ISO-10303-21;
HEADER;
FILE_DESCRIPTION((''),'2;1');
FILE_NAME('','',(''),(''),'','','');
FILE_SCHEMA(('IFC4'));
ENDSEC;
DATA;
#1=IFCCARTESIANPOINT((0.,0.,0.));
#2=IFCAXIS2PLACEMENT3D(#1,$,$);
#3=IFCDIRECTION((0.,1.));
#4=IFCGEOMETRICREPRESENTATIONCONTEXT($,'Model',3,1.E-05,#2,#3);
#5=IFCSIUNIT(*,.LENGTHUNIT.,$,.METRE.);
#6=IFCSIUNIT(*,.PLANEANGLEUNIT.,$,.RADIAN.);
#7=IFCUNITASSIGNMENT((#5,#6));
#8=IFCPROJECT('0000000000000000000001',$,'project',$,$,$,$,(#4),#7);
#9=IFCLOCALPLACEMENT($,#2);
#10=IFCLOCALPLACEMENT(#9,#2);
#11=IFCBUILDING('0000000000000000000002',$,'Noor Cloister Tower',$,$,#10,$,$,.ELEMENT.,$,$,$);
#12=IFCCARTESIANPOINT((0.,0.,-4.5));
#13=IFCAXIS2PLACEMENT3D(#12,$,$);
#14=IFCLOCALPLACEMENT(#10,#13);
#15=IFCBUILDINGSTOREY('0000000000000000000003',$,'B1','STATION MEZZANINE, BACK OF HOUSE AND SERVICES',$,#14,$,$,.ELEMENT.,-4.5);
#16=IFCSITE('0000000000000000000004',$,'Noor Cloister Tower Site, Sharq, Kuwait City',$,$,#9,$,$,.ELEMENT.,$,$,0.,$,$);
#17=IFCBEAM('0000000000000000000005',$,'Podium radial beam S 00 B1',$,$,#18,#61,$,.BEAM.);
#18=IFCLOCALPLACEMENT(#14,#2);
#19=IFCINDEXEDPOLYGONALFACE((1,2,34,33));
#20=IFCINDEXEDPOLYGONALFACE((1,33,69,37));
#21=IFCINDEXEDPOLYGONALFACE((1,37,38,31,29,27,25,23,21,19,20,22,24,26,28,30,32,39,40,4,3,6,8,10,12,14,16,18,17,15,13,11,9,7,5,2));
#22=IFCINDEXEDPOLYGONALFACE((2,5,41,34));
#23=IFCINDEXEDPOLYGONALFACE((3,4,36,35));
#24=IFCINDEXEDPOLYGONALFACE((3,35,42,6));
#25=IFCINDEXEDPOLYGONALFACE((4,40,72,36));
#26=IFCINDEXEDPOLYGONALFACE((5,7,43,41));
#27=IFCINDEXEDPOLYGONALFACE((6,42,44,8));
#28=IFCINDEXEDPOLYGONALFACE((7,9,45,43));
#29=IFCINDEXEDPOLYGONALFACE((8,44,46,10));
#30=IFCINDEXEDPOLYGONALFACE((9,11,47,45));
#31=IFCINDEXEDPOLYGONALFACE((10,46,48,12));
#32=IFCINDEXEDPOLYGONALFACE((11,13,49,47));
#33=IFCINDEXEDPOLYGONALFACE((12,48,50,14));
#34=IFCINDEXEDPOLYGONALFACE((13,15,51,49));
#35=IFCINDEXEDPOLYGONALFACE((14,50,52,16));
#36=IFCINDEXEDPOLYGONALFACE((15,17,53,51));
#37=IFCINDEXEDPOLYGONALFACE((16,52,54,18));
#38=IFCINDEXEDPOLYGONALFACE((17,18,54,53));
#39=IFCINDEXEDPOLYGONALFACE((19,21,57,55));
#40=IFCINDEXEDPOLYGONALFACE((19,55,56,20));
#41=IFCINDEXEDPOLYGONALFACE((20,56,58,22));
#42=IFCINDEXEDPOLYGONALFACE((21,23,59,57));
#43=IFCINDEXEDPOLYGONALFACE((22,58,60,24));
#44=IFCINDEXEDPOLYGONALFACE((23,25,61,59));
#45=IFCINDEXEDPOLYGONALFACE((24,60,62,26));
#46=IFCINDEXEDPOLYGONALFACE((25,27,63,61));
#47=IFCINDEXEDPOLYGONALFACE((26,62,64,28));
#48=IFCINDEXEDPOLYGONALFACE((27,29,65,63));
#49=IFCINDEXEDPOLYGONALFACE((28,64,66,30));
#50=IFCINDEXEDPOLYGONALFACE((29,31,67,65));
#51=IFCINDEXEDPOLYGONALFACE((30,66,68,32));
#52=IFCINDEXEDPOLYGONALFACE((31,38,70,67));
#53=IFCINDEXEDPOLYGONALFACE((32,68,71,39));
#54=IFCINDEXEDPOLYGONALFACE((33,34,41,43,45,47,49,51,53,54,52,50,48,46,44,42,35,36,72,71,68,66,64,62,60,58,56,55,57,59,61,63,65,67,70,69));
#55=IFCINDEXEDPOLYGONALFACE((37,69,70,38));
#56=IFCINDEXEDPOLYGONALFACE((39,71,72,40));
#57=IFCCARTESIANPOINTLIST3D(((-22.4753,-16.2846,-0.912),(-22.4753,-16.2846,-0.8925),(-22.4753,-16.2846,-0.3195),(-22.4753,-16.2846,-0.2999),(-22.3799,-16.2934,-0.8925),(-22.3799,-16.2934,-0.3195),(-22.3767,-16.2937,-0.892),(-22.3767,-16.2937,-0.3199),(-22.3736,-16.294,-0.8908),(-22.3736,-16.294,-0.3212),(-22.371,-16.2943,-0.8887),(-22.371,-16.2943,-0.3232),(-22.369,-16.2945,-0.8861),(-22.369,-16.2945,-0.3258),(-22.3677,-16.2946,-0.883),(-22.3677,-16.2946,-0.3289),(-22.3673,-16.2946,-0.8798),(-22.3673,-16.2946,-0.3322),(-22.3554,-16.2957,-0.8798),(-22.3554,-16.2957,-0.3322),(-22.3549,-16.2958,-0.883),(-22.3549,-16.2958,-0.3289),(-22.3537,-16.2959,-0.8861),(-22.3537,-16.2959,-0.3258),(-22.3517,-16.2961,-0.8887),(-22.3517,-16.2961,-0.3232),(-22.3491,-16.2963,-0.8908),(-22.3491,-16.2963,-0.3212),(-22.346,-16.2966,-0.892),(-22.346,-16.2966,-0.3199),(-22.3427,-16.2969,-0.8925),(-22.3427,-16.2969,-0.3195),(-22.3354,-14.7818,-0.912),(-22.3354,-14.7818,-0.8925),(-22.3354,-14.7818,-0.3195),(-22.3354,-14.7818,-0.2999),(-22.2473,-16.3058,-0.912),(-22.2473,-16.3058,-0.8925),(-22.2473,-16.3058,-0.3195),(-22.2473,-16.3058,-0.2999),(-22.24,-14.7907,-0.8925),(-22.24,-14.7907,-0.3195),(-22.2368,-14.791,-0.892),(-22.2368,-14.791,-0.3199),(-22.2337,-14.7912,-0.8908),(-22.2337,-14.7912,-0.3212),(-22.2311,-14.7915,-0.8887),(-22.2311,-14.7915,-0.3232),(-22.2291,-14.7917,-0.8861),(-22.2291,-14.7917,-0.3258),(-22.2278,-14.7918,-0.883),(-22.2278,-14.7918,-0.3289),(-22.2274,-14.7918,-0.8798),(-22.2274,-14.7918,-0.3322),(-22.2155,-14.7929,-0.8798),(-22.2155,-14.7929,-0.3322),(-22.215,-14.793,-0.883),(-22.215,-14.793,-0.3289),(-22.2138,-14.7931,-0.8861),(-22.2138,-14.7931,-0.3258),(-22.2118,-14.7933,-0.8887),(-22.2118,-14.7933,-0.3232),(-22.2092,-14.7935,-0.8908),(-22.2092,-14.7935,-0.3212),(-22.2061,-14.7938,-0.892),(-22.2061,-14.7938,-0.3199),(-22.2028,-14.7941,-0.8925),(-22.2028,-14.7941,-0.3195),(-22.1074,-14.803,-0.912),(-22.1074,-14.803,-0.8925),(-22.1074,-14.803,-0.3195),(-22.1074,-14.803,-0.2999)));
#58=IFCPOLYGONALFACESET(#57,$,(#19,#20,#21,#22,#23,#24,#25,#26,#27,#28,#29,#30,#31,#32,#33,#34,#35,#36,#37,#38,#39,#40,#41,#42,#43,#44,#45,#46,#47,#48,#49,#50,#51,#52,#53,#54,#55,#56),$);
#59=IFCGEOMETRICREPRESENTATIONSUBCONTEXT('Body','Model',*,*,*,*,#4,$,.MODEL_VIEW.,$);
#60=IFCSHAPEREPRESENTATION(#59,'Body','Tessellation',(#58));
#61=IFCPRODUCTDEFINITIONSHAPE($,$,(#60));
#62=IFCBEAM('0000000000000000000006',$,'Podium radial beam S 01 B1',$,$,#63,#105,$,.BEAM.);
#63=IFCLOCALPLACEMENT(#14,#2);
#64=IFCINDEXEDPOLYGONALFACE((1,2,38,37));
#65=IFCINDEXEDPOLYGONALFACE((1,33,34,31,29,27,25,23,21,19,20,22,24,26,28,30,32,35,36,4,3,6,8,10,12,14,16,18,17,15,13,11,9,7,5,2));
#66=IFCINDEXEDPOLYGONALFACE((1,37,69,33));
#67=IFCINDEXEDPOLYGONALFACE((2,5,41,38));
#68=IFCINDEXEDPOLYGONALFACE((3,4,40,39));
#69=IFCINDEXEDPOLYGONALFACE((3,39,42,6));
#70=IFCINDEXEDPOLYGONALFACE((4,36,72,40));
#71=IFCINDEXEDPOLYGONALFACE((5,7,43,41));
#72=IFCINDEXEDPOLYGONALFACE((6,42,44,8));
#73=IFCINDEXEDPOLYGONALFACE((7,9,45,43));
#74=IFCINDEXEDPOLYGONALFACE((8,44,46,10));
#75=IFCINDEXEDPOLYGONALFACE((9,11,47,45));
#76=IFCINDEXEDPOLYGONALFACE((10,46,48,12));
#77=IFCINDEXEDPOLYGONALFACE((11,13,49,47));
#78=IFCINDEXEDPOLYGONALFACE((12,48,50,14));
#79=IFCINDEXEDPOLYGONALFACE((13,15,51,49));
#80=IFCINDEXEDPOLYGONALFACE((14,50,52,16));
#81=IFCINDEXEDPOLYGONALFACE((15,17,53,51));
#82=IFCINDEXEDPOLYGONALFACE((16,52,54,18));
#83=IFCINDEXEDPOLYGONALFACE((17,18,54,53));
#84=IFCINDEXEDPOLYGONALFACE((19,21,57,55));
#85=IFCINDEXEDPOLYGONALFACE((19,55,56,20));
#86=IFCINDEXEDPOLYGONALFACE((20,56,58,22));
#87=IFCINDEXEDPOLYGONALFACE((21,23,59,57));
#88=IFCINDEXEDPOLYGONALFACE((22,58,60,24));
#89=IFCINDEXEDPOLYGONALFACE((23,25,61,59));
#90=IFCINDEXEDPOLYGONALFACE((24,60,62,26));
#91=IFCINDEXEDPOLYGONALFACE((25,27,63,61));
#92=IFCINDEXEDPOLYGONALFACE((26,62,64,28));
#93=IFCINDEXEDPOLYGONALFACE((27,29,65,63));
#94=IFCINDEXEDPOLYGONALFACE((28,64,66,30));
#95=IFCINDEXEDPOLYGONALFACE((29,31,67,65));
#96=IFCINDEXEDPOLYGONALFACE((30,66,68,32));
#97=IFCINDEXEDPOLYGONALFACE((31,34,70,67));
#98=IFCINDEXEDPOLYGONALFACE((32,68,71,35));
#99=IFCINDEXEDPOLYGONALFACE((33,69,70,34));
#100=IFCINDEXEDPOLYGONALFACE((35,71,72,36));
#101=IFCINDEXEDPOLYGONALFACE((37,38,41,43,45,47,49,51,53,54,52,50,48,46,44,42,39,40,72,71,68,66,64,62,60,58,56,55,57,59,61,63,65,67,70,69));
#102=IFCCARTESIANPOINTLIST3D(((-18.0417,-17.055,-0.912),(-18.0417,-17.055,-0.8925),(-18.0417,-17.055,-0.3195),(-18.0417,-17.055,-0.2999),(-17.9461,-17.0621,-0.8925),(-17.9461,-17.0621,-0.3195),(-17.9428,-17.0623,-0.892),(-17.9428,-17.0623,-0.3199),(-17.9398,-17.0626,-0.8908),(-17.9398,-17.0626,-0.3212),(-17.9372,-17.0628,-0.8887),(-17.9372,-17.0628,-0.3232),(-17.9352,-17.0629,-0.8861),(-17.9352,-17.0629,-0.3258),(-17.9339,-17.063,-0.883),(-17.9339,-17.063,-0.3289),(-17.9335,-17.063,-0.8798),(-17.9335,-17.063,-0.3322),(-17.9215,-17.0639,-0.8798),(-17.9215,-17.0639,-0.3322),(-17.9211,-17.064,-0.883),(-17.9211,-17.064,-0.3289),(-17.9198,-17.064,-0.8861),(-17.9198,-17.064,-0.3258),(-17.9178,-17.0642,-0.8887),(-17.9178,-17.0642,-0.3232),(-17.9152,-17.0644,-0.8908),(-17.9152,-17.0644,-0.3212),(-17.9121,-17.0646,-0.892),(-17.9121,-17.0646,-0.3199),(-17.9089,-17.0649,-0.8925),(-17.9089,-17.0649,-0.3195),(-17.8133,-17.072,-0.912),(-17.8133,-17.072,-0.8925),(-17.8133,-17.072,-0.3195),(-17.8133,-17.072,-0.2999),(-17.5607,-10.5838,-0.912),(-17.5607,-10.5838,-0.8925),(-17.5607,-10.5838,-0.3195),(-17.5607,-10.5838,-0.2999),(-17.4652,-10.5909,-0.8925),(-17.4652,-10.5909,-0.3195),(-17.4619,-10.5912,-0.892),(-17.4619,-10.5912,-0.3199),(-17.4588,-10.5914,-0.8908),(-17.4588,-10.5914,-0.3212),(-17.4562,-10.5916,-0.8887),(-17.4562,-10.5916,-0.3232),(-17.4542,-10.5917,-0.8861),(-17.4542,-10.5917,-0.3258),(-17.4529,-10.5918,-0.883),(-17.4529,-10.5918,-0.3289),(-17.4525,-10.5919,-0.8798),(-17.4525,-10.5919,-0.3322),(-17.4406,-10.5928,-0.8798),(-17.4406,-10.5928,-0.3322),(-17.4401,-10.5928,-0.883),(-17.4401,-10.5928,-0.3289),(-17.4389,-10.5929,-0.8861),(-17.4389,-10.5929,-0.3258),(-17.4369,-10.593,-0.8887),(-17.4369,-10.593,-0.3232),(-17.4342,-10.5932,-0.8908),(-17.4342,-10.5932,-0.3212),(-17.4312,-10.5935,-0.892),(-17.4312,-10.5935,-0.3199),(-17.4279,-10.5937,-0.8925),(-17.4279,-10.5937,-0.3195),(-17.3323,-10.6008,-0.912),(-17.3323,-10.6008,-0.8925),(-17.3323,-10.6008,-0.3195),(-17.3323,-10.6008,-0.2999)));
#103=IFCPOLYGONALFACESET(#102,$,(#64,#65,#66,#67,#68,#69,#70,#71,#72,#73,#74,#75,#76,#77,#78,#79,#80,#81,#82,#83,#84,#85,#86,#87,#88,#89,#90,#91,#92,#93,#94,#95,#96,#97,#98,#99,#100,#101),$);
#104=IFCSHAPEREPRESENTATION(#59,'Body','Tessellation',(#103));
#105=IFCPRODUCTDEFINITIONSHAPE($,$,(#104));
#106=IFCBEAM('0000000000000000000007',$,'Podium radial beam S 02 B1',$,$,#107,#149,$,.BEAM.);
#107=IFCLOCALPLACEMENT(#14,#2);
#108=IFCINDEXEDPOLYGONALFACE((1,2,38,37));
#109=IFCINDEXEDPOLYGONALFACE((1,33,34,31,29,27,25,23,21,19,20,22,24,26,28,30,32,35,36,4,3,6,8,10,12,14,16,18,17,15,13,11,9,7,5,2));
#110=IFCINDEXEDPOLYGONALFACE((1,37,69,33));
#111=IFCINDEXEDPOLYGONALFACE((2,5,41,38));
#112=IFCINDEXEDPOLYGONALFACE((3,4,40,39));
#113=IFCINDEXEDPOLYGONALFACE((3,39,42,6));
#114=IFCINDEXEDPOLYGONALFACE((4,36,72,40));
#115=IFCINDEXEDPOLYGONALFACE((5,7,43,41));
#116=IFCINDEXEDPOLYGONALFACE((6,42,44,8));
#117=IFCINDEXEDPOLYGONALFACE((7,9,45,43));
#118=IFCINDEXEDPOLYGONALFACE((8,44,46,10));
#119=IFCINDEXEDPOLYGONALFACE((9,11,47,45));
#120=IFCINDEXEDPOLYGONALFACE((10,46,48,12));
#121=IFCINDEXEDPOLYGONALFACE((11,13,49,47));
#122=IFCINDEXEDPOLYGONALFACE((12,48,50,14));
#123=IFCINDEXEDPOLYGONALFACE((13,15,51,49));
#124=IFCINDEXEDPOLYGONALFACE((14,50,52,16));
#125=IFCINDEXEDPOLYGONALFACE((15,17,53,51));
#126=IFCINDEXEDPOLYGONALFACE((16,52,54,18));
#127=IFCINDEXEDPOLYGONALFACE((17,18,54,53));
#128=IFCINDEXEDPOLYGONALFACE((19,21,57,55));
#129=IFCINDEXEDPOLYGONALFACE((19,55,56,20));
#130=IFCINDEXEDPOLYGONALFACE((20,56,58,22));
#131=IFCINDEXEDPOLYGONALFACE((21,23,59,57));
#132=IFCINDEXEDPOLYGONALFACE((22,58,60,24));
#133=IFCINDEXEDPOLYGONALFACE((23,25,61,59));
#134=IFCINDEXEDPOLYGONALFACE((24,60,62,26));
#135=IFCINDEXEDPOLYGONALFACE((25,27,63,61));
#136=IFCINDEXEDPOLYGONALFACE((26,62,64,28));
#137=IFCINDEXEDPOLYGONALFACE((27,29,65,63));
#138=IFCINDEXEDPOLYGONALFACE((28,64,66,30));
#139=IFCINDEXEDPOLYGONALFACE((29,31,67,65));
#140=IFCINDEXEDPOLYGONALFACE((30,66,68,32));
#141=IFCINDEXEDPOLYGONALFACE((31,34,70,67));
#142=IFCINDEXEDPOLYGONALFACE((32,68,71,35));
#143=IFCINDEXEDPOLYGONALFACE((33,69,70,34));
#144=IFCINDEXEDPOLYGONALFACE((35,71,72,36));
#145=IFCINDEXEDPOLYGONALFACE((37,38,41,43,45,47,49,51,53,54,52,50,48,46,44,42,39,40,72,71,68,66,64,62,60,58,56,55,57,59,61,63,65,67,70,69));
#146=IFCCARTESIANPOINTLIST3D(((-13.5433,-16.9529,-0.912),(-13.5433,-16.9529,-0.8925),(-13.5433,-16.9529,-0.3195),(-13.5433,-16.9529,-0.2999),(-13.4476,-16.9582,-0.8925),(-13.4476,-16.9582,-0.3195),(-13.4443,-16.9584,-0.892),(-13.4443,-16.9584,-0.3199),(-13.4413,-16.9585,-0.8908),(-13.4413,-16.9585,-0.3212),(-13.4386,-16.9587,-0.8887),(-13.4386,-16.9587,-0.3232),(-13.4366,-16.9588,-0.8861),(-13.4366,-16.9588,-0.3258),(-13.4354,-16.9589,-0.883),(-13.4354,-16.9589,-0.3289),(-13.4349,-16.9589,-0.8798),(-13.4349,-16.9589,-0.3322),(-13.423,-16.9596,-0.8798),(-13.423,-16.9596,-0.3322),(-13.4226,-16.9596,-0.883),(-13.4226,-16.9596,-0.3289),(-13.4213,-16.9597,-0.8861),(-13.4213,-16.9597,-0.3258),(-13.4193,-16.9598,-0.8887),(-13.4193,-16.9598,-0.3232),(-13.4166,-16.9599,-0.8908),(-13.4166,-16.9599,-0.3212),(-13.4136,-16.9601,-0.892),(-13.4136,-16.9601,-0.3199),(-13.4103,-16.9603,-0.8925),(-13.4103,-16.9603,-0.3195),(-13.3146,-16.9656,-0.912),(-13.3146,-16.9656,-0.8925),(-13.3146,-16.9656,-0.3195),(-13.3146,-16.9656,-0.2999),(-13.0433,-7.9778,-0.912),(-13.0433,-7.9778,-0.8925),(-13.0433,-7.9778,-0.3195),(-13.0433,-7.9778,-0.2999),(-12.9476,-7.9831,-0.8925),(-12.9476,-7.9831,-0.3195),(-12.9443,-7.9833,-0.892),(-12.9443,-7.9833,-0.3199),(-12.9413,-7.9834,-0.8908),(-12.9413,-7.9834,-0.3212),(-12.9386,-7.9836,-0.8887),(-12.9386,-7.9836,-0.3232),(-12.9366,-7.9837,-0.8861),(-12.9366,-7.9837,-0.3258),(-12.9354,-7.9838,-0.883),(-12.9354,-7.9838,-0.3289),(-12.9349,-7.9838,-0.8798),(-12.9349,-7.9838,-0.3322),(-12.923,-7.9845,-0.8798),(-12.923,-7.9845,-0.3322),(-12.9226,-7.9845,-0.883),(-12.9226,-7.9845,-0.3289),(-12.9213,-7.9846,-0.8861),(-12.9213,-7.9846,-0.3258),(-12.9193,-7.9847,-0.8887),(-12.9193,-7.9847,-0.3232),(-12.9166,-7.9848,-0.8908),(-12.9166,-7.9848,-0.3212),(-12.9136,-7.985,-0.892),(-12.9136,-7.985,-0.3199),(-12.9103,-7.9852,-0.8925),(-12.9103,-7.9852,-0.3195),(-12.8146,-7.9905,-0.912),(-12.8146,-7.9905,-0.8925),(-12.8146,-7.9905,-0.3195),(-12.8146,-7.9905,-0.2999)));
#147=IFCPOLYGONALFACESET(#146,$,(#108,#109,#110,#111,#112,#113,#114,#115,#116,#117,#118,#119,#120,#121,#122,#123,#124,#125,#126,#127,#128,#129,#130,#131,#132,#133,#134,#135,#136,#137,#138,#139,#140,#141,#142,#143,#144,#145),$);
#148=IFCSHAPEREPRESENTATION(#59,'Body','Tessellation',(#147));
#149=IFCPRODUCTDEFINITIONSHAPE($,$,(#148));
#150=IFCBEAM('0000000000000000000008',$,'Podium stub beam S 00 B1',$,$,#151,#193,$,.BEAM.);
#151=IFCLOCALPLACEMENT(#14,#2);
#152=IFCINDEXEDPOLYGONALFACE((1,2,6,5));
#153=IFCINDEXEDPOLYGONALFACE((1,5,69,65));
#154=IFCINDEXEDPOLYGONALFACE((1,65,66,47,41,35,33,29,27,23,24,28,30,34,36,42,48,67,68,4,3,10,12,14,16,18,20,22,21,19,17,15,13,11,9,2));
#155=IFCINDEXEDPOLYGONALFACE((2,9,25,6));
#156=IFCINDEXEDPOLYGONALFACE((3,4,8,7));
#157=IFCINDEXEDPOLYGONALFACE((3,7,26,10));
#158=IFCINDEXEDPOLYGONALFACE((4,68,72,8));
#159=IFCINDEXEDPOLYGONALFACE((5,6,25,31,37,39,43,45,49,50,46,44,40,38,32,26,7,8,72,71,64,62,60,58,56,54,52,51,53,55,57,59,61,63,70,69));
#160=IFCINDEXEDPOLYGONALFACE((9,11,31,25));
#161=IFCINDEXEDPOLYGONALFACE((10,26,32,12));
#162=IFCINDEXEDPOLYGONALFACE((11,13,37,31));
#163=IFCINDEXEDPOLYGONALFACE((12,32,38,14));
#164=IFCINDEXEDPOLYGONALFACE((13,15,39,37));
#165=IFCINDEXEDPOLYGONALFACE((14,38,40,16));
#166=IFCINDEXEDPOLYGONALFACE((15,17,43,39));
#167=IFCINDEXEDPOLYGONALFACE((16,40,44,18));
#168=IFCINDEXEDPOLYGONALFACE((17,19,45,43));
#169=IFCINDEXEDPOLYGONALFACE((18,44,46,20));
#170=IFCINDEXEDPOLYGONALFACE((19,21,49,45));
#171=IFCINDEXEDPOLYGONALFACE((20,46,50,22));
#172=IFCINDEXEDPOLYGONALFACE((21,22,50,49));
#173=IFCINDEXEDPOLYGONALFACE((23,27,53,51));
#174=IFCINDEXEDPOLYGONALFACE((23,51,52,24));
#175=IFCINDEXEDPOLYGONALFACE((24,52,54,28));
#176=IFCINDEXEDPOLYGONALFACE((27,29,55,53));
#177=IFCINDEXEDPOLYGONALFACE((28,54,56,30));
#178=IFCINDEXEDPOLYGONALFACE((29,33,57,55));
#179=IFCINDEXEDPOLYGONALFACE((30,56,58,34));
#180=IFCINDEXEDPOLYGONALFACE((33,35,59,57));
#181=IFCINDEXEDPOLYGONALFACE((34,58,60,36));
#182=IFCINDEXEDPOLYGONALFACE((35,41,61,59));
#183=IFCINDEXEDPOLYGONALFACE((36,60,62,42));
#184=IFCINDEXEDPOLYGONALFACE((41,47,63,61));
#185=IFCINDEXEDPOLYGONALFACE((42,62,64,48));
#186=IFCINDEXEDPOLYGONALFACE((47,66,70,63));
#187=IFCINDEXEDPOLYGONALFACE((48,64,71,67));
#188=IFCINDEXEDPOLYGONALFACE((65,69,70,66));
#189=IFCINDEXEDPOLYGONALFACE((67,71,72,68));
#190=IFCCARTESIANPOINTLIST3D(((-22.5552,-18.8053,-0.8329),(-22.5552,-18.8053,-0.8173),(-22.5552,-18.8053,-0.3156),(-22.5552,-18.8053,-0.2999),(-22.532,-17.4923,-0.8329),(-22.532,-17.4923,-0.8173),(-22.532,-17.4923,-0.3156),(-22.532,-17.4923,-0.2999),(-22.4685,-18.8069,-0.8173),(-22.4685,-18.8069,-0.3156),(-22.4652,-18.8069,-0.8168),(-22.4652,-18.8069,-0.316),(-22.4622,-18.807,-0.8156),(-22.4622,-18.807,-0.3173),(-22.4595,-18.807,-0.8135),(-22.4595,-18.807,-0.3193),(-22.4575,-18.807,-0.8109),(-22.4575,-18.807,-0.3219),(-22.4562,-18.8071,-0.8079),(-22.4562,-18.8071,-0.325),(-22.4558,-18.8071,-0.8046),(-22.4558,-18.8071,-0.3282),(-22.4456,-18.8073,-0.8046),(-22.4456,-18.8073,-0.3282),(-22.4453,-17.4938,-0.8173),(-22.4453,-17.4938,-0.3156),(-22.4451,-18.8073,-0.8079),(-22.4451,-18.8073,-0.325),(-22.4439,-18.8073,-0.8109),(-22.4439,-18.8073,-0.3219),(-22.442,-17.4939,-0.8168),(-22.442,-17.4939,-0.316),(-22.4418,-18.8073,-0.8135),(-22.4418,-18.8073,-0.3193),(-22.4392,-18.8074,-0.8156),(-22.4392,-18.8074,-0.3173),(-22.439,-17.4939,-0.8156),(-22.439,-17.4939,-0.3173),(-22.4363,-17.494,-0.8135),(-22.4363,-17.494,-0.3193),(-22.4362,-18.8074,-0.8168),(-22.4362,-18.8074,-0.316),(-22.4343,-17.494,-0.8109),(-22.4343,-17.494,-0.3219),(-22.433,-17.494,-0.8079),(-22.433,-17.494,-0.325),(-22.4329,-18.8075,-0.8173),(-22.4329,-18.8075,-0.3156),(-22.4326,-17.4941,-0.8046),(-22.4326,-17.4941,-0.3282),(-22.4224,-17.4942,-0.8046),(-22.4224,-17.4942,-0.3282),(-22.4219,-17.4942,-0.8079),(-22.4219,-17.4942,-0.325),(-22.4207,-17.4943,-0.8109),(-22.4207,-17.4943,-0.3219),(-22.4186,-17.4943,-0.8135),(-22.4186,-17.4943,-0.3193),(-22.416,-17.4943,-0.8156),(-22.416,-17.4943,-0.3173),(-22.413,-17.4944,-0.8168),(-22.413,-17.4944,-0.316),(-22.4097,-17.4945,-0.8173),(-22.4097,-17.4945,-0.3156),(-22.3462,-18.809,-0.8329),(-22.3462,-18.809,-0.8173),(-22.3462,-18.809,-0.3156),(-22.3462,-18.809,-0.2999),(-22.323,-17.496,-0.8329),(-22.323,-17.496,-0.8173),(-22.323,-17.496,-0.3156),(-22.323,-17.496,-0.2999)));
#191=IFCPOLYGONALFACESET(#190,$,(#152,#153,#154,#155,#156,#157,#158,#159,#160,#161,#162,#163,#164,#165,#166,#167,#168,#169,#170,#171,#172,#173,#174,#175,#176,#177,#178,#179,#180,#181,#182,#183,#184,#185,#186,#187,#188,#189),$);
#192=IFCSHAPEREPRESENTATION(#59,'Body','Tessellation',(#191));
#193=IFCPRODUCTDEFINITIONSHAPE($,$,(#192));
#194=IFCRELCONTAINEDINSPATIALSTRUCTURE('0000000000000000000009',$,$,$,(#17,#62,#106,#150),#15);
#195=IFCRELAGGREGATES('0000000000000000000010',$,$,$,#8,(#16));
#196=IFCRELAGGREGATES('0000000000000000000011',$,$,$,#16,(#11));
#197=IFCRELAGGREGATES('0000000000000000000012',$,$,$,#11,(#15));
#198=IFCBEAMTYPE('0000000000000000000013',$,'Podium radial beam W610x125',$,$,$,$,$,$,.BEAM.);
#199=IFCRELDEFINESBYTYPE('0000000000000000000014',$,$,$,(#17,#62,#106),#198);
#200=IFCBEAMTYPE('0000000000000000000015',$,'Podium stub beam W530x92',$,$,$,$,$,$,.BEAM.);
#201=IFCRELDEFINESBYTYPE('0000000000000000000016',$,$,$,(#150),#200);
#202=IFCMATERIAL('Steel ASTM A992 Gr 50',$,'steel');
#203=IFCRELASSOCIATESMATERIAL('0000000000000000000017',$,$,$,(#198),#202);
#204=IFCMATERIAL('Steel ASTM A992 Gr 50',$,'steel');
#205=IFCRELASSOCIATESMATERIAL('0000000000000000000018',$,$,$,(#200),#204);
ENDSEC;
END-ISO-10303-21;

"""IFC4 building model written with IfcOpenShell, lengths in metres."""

from ifc_helpers import new_model, si_unit, direction, frame, origin, origin_2d, place, context, subcontext, project, spatial, i_section, extrude, material, material_profile, profile_set, type_object, element, save


model = new_model("IFC4")

# Units and contexts
model_context = context("Model", 3, precision=1e-05, world=origin(), true_north=direction((0.0, 1.0)))
body_context = subcontext(model_context, "Body", "Model", "MODEL_VIEW")
ifc_project = project(units=[si_unit("LENGTHUNIT", "METRE"), si_unit("PLANEANGLEUNIT", "RADIAN")], contexts=[model_context])

# Site, building, storey
site_placement = place(None, origin())
site = spatial("IfcSite", under=ifc_project, at=site_placement, Name="Noor Cloister Tower Site, Sharq, Kuwait City", CompositionType="ELEMENT", RefElevation=0.0)
building_placement = place(site_placement, origin())
building = spatial("IfcBuilding", under=site, at=building_placement, Name="Noor Cloister Tower", CompositionType="ELEMENT")
storey_placement = place(building_placement, frame((0.0, 0.0, -4.5)))
storey = spatial("IfcBuildingStorey", under=building, at=storey_placement, Name="B1", Description="STATION MEZZANINE, BACK OF HOUSE AND SERVICES", CompositionType="ELEMENT", Elevation=-4.5)

# Beams
ifc_material_1 = material(Name="Steel ASTM A992 Gr 50", Category="steel")
ifc_material_profile_1 = material_profile(ifc_material_1, i_section(OverallWidth=0.229, OverallDepth=0.6121, WebThickness=0.012, FlangeThickness=0.0195, FilletRadius=0.0127, at=origin_2d()), Name="W610x125")
ifc_profile_set_1 = profile_set([ifc_material_profile_1], Name="Steel ASTM A992 Gr 50")
beam_type_1 = type_object("IfcBeamType", Name="Podium radial beam W610x125", PredefinedType="BEAM", material=ifc_profile_set_1)
beam_1_placement = place(storey_placement, frame((-22.3613, -16.2952, -0.606), z_axis=(0.092694, 0.995695, 0.0), x_axis=(-0.995695, 0.092694, 0.0)))
element("IfcBeam", 1, at=beam_1_placement, inside=storey, type_object=beam_type_1, Name="Podium radial beam S 00 B1", PredefinedType="BEAM", context=body_context, shape_type="SweptSolid", body=[
    extrude(i_section(OverallWidth=0.229, OverallDepth=0.6121, WebThickness=0.012, FlangeThickness=0.0195, FilletRadius=0.0127, at=origin_2d()), origin(), (0.0, 0.0, 1.0), 1.5093),
])
beam_2_placement = place(storey_placement, frame((-17.9275, -17.0635, -0.606), z_axis=(0.074118, 0.997249, 0.0), x_axis=(-0.997249, 0.074118, 0.0)))
element("IfcBeam", 2, at=beam_2_placement, inside=storey, type_object=beam_type_1, Name="Podium radial beam S 01 B1", PredefinedType="BEAM", context=body_context, shape_type="SweptSolid", body=[
    extrude(i_section(OverallWidth=0.229, OverallDepth=0.6121, WebThickness=0.012, FlangeThickness=0.0195, FilletRadius=0.0127, at=origin_2d()), origin(), (0.0, 0.0, 1.0), 6.489),
])
beam_3_placement = place(storey_placement, frame((-13.429, -16.9592, -0.606), z_axis=(0.055623, 0.998452, 0.0), x_axis=(-0.998452, 0.055623, 0.0)))
element("IfcBeam", 3, at=beam_3_placement, inside=storey, type_object=beam_type_1, Name="Podium radial beam S 02 B1", PredefinedType="BEAM", context=body_context, shape_type="SweptSolid", body=[
    extrude(i_section(OverallWidth=0.229, OverallDepth=0.6121, WebThickness=0.012, FlangeThickness=0.0195, FilletRadius=0.0127, at=origin_2d()), origin(), (0.0, 0.0, 1.0), 8.989),
])
ifc_material_2 = material(Name="Steel ASTM A992 Gr 50", Category="steel")
ifc_material_profile_2 = material_profile(ifc_material_2, i_section(OverallWidth=0.209, OverallDepth=0.533, WebThickness=0.0103, FlangeThickness=0.0156, FilletRadius=0.0127, at=origin_2d()), Name="W530x92")
ifc_profile_set_2 = profile_set([ifc_material_profile_2], Name="Steel ASTM A992 Gr 50")
beam_type_2 = type_object("IfcBeamType", Name="Podium stub beam W530x92", PredefinedType="BEAM", material=ifc_profile_set_2)
beam_4_placement = place(storey_placement, frame((-22.4275, -17.4941, -0.5664), z_axis=(-0.017662, -0.999844, 0.0), x_axis=(0.999844, -0.017662, 0.0)))
element("IfcBeam", 4, at=beam_4_placement, inside=storey, type_object=beam_type_2, Name="Podium stub beam S 00 B1", PredefinedType="BEAM", context=body_context, shape_type="SweptSolid", body=[
    extrude(i_section(OverallWidth=0.209, OverallDepth=0.533, WebThickness=0.0103, FlangeThickness=0.0156, FilletRadius=0.0127, at=origin_2d()), origin(), (0.0, 0.0, 1.0), 1.3132),
])

save(model, "model.ifc")
